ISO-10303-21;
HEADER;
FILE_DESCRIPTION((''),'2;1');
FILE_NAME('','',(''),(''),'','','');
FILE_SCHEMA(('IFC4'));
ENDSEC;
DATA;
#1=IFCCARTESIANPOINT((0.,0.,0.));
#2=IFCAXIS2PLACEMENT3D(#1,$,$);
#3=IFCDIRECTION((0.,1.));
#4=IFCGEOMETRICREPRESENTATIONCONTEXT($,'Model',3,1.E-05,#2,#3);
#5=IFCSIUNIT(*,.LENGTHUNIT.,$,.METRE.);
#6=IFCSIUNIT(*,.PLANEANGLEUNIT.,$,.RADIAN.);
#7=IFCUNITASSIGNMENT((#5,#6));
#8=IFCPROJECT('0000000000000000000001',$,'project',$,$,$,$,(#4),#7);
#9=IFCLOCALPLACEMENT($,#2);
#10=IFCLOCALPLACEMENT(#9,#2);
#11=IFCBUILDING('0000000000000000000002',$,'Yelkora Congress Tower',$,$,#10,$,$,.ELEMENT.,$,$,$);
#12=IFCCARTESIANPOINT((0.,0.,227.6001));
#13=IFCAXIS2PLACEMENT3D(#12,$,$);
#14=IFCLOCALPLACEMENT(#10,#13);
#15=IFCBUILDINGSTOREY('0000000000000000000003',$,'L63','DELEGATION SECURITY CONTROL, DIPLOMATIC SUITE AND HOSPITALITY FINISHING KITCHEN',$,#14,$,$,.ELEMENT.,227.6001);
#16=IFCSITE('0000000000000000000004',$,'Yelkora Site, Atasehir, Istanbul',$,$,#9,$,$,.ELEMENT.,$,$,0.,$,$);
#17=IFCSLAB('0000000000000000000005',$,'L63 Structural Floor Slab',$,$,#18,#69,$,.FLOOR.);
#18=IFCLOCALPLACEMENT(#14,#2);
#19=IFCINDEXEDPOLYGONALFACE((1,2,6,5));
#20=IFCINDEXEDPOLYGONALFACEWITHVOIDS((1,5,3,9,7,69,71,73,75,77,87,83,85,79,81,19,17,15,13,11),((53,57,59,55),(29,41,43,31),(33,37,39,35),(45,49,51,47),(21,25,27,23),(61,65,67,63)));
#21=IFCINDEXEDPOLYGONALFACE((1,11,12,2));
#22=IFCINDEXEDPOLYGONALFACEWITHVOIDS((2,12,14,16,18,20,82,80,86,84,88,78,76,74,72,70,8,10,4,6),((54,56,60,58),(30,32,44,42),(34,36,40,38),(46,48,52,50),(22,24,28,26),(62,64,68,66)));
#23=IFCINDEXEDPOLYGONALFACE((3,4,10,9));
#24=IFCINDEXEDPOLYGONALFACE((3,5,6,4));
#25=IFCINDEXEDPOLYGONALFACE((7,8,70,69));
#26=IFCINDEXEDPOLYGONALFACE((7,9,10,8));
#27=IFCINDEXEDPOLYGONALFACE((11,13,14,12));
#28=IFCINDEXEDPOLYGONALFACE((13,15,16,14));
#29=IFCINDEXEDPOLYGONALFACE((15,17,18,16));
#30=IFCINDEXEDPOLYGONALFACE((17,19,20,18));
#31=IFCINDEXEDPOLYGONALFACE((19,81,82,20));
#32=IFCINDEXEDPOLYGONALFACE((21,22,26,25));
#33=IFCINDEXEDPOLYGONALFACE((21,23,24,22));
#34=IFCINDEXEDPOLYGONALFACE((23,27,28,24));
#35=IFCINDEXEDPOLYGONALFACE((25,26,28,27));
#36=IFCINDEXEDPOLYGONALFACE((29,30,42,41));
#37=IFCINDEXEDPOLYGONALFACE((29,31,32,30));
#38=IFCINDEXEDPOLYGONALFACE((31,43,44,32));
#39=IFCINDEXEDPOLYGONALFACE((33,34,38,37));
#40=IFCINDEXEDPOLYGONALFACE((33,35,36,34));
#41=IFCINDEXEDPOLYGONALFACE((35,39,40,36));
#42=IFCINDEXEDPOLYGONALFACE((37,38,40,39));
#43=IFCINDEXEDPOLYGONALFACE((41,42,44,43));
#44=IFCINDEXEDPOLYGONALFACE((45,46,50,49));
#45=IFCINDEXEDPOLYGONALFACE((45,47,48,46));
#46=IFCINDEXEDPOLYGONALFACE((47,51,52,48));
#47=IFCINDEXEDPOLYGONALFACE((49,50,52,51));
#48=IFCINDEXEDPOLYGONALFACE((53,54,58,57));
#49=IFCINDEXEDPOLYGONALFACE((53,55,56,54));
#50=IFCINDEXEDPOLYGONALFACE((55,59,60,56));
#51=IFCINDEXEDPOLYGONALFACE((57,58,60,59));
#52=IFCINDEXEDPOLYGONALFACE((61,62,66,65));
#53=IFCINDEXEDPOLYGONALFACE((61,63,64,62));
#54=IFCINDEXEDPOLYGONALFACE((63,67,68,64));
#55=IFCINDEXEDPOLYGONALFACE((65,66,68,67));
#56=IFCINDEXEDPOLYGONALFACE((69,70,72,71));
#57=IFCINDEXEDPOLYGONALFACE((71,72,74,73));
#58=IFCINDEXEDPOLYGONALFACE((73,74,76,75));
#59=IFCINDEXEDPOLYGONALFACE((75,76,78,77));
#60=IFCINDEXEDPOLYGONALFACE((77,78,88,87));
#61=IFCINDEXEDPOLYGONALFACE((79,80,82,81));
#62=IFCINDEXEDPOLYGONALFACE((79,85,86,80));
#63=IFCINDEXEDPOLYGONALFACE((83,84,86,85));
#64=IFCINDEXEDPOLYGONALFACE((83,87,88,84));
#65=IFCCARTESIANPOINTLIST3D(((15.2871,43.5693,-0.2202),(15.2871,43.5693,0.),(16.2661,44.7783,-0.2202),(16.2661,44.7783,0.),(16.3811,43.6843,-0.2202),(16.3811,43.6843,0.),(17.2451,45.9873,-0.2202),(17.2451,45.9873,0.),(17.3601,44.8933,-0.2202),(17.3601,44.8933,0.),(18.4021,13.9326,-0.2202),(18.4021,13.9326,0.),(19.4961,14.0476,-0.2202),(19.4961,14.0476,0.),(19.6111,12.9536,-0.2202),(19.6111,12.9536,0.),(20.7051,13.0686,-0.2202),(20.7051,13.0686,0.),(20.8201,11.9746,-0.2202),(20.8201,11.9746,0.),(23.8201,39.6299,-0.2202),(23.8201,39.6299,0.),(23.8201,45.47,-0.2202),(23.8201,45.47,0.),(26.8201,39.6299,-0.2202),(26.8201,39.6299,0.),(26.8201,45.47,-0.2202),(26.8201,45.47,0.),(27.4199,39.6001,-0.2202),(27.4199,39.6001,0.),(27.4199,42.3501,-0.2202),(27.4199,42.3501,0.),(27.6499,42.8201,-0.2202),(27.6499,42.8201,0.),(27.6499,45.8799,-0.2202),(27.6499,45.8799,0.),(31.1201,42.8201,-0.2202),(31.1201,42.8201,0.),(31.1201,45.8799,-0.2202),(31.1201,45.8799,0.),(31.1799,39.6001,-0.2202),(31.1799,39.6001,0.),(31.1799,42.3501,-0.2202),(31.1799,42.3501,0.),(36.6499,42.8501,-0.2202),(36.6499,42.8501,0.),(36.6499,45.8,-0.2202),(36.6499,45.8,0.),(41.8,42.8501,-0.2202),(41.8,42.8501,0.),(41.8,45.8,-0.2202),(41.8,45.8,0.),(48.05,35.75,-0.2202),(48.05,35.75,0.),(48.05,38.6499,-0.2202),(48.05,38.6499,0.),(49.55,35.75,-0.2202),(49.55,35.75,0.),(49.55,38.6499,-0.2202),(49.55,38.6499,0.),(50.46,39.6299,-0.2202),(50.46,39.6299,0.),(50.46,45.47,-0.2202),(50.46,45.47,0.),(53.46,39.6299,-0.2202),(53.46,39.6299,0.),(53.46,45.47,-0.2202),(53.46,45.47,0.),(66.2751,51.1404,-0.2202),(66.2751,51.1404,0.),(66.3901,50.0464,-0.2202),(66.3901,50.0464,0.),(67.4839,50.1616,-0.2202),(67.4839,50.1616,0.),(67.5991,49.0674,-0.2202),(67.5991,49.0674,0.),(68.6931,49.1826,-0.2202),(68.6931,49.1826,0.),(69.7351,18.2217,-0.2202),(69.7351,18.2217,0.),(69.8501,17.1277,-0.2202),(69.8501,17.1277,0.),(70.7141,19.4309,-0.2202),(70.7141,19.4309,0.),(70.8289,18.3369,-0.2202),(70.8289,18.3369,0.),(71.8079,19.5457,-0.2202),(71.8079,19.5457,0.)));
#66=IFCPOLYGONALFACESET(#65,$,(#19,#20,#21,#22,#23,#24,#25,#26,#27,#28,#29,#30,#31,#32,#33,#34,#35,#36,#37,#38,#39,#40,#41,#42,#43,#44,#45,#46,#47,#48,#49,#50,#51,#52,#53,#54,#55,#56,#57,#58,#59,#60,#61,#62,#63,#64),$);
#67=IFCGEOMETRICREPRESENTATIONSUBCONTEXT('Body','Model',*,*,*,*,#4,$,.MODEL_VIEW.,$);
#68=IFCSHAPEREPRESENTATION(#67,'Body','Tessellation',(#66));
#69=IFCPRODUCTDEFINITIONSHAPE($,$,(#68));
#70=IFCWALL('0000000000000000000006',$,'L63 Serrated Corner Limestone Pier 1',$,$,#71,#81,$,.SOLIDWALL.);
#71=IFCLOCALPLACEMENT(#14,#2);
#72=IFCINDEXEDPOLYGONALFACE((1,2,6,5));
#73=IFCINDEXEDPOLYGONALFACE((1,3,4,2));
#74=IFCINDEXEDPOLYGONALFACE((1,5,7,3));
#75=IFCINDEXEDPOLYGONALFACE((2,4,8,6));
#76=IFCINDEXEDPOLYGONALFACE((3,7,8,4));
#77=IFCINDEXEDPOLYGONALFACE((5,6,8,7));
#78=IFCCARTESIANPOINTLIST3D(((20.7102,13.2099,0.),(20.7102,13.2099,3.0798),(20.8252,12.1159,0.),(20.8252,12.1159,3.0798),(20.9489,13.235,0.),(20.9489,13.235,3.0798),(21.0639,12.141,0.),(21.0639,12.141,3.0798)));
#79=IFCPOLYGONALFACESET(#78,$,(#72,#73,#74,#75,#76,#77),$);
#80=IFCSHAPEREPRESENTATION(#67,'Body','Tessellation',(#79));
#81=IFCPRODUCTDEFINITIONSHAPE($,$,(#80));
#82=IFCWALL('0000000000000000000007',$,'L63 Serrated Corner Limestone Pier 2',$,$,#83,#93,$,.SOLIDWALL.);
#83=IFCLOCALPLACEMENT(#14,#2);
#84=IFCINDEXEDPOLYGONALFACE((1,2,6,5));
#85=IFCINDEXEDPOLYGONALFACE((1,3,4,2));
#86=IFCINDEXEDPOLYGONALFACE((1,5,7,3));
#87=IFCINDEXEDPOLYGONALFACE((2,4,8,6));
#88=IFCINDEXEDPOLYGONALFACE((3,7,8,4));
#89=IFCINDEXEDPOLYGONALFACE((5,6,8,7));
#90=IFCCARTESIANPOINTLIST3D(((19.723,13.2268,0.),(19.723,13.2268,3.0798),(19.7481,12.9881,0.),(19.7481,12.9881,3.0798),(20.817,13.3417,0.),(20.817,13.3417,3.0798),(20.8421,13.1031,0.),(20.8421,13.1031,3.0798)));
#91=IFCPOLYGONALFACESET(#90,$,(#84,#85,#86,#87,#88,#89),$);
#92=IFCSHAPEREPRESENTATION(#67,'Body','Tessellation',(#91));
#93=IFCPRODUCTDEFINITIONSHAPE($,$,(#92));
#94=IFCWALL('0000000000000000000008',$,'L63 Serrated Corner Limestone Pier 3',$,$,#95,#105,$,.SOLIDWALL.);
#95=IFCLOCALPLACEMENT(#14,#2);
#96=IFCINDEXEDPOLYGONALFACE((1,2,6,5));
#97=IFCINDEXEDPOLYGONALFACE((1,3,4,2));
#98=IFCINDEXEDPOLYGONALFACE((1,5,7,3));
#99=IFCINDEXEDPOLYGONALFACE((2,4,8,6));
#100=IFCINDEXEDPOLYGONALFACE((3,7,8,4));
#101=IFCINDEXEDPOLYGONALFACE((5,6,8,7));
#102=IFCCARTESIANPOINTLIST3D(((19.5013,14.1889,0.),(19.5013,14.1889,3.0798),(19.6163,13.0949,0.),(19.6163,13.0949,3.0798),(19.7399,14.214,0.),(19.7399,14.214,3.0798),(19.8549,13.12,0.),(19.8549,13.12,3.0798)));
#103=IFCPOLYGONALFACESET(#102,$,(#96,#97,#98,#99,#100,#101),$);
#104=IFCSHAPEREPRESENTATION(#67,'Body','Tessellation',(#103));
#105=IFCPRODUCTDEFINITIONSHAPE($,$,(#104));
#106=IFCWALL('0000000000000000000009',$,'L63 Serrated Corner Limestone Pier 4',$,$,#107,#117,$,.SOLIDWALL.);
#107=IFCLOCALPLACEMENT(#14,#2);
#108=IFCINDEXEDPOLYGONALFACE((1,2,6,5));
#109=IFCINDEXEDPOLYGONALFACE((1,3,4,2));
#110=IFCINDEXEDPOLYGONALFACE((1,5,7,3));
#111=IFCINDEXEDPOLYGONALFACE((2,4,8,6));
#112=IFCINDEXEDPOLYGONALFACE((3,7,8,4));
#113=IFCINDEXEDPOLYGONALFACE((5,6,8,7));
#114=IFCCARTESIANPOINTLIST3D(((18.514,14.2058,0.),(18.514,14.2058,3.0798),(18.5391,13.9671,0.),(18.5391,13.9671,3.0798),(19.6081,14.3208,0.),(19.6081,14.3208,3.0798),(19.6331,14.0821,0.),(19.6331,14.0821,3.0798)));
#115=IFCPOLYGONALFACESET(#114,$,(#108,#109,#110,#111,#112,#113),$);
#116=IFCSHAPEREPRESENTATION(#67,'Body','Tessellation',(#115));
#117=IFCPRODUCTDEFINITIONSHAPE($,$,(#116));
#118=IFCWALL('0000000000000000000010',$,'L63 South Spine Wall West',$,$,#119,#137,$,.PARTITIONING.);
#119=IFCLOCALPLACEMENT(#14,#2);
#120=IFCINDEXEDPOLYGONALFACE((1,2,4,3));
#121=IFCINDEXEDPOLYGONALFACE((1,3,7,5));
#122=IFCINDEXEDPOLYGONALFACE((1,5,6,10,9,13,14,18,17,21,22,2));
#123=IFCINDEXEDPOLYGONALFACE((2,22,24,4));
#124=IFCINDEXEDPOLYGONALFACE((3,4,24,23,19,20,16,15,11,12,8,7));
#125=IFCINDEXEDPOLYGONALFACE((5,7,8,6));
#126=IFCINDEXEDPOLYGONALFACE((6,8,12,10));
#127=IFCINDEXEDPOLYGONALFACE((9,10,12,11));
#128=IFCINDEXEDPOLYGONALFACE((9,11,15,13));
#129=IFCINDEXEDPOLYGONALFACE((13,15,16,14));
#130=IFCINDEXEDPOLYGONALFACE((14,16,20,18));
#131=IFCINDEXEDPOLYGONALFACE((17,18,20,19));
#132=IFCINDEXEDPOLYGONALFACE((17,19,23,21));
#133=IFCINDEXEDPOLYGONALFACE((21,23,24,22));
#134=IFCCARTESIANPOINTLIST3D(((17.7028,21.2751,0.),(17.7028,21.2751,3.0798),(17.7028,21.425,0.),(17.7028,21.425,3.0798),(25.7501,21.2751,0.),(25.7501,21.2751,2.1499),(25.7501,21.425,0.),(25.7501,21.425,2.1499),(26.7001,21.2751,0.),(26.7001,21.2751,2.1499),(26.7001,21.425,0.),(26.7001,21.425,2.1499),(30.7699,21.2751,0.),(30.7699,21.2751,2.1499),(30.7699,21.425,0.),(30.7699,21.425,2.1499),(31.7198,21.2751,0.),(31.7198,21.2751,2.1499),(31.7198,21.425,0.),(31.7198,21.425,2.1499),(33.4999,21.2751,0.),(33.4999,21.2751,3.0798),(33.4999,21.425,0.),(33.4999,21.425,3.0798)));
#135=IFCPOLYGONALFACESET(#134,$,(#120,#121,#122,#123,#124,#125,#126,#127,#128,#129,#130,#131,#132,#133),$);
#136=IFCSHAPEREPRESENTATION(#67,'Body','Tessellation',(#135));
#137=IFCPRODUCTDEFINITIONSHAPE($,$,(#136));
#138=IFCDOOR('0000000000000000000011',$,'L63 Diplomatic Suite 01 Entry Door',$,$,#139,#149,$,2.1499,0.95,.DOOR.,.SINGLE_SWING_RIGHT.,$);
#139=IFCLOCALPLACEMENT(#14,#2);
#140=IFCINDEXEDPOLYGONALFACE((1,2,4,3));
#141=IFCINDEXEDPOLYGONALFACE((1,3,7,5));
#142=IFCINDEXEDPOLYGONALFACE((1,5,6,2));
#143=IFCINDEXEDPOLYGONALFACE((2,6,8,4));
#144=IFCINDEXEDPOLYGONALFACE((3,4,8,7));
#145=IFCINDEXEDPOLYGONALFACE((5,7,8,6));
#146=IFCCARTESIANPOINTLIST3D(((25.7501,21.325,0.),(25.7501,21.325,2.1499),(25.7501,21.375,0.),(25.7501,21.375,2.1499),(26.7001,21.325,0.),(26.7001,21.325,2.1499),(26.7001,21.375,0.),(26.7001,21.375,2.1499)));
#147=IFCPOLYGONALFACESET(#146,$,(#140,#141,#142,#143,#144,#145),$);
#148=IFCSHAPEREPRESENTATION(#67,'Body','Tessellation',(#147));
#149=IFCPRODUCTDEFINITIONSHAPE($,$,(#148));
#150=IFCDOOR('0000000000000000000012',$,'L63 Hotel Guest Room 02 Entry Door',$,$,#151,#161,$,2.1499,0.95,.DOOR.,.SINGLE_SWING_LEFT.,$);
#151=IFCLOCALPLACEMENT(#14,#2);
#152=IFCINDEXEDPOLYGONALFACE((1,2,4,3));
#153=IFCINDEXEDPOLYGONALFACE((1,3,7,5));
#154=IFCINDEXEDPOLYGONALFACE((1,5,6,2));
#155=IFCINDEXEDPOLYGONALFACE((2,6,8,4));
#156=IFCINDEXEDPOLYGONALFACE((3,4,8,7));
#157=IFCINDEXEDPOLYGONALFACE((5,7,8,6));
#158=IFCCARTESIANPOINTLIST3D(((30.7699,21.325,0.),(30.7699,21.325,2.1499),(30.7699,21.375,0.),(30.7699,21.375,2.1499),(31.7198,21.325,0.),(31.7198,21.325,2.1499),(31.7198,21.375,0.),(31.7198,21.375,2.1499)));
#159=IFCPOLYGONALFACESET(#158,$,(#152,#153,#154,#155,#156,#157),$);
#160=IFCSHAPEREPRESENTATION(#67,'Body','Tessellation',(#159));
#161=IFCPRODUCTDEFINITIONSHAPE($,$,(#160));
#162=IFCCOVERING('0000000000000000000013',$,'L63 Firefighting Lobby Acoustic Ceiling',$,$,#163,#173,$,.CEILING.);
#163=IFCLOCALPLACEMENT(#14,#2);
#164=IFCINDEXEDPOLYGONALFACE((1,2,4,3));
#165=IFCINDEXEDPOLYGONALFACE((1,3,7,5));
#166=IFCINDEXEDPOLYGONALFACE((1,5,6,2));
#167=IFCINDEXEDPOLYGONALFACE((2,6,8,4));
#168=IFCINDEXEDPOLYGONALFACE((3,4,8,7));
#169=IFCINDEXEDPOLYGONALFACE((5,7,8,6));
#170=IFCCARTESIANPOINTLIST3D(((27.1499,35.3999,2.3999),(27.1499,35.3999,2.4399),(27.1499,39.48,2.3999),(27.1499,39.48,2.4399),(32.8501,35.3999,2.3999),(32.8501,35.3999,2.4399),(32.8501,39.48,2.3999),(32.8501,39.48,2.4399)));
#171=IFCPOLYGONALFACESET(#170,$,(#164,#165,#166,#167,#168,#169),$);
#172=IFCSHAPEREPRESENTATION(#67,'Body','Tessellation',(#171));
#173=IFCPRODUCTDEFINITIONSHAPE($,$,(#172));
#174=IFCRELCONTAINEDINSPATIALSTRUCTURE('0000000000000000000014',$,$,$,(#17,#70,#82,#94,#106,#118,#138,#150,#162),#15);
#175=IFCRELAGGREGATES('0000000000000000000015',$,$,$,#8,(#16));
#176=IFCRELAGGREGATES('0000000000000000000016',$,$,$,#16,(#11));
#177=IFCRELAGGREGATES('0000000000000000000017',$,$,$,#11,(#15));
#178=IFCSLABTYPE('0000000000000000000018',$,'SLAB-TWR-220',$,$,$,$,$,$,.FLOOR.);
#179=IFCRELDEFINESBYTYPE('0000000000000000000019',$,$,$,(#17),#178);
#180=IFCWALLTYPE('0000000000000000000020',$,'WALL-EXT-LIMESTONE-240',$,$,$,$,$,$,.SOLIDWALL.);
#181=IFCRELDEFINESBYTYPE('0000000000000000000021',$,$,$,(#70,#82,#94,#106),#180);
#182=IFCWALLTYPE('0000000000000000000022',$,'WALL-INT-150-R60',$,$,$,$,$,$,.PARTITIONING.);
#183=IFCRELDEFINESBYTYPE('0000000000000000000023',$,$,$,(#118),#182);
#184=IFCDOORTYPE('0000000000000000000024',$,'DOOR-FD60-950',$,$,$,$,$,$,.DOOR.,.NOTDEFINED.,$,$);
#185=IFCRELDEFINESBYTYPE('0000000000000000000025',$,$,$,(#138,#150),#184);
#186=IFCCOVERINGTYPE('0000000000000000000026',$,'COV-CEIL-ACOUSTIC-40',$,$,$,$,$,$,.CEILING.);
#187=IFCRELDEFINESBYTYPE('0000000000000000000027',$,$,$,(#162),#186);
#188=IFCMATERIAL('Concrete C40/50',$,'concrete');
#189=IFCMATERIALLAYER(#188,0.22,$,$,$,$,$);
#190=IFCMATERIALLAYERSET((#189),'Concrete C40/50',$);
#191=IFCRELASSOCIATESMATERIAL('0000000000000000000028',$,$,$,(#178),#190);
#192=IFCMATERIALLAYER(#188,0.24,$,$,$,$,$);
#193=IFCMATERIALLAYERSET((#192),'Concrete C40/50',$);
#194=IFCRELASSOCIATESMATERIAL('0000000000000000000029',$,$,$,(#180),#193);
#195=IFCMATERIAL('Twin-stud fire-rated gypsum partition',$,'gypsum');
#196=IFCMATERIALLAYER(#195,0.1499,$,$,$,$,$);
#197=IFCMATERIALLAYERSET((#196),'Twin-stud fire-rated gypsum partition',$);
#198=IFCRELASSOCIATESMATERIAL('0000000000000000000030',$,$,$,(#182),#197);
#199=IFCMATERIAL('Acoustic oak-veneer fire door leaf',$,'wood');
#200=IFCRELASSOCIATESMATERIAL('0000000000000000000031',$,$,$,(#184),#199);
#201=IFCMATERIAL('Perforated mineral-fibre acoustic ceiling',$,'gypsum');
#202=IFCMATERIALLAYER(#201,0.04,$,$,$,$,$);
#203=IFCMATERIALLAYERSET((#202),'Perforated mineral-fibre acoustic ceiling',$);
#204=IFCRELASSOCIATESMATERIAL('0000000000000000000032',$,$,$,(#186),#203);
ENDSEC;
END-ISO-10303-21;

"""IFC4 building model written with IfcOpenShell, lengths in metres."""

from ifc_helpers import new_model, si_unit, direction, frame, frame_2d, origin, place, context, subcontext, project, spatial, polyline, rectangle, outline, extrude, material, layer, layer_set, type_object, element, fill, save


model = new_model("IFC4")

# Units and contexts
model_context = context("Model", 3, precision=1e-05, world=origin(), true_north=direction((0.0, 1.0)))
body_context = subcontext(model_context, "Body", "Model", "MODEL_VIEW")
ifc_project = project(units=[si_unit("LENGTHUNIT", "METRE"), si_unit("PLANEANGLEUNIT", "RADIAN")], contexts=[model_context])

# Site, building, storey
site_placement = place(None, origin())
site = spatial("IfcSite", under=ifc_project, at=site_placement, Name="Yelkora Site, Atasehir, Istanbul", CompositionType="ELEMENT", RefElevation=0.0)
building_placement = place(site_placement, origin())
building = spatial("IfcBuilding", under=site, at=building_placement, Name="Yelkora Congress Tower", CompositionType="ELEMENT")
storey_placement = place(building_placement, frame((0.0, 0.0, 227.6001)))
storey = spatial("IfcBuildingStorey", under=building, at=storey_placement, Name="L63", Description="DELEGATION SECURITY CONTROL, DIPLOMATIC SUITE AND HOSPITALITY FINISHING KITCHEN", CompositionType="ELEMENT", Elevation=227.6001)

# Shared definitions
ifc_material_1 = material(Name="Concrete C40/50", Category="concrete")

# Slab
ifc_layer_1 = layer(ifc_material_1, 0.22)
ifc_layer_set_1 = layer_set([ifc_layer_1], Name="Concrete C40/50")
slab_type_1 = type_object("IfcSlabType", Name="SLAB-TWR-220", PredefinedType="FLOOR", material=ifc_layer_set_1)
slab_1_placement = place(storey_placement, frame((0.0, 0.0, -0.2202)))
element("IfcSlab", 1, at=slab_1_placement, inside=storey, type_object=slab_type_1, Name="L63 Structural Floor Slab", PredefinedType="FLOOR", context=body_context, shape_type="SweptSolid", body=[
    extrude(outline(polyline([(20.8201, 11.9746), (69.8501, 17.1277), (69.7351, 18.2217), (70.8289, 18.3369), (70.7141, 19.4309), (71.8079, 19.5457), (68.6931, 49.1826), (67.5991, 49.0674), (67.4839, 50.1616), (66.3901, 50.0464), (66.2751, 51.1404), (17.2451, 45.9873), (17.3601, 44.8933), (16.2661, 44.7783), (16.3811, 43.6843), (15.2871, 43.5693), (18.4021, 13.9326), (19.4961, 14.0476), (19.6111, 12.9536), (20.7051, 13.0686), (20.8201, 11.9746)]), holes=[polyline([(23.8201, 39.6299), (26.8201, 39.6299), (26.8201, 45.47), (23.8201, 45.47), (23.8201, 39.6299)]), polyline([(50.46, 39.6299), (53.46, 39.6299), (53.46, 45.47), (50.46, 45.47), (50.46, 39.6299)]), polyline([(48.05, 35.75), (49.55, 35.75), (49.55, 38.6499), (48.05, 38.6499), (48.05, 35.75)]), polyline([(36.6499, 42.8501), (41.8, 42.8501), (41.8, 45.8), (36.6499, 45.8), (36.6499, 42.8501)]), polyline([(27.4199, 39.6001), (31.1799, 39.6001), (31.1799, 42.3501), (27.4199, 42.3501), (27.4199, 39.6001)]), polyline([(27.6499, 42.8201), (31.1201, 42.8201), (31.1201, 45.8799), (27.6499, 45.8799), (27.6499, 42.8201)])]), origin(), (0.0, 0.0, 1.0), 0.2202),
])

# Walls
ifc_layer_2 = layer(ifc_material_1, 0.24)
ifc_layer_set_2 = layer_set([ifc_layer_2], Name="Concrete C40/50")
wall_type_1 = type_object("IfcWallType", Name="WALL-EXT-LIMESTONE-240", PredefinedType="SOLIDWALL", material=ifc_layer_set_2)
for number, where, z_axis, x_axis, name in (
    (2, (20.9446, 12.1284, 0.0), (0.0, 0.0, 1.0), (-0.104535, 0.994521, 0.0), "L63 Serrated Corner Limestone Pier 1"),
    (3, (20.8296, 13.2224, 0.0), (0.0, 0.0, 1.0), (-0.994521, -0.104535, 0.0), "L63 Serrated Corner Limestone Pier 2"),
    (4, (19.7356, 13.1074, 0.0), (0.0, 0.0, 1.0), (-0.104535, 0.994521, 0.0), "L63 Serrated Corner Limestone Pier 3"),
    (5, (19.6206, 14.2014, 0.0), (0.0, 0.0, 1.0), (-0.994521, -0.104535, 0.0), "L63 Serrated Corner Limestone Pier 4"),
):
    element("IfcWall", number, at=place(storey_placement, frame(where, z_axis=z_axis, x_axis=x_axis)), inside=storey, type_object=wall_type_1, Name=name, PredefinedType="SOLIDWALL", context=body_context, shape_type="SweptSolid", body=[
        extrude(rectangle(XDim=1.1001, YDim=0.24, at=frame_2d((0.55, 0.0))), origin(), (0.0, 0.0, 1.0), 3.0798),
    ])

# Wall, openings, doors
ifc_material_2 = material(Name="Twin-stud fire-rated gypsum partition", Category="gypsum")
ifc_layer_3 = layer(ifc_material_2, 0.1499)
ifc_layer_set_3 = layer_set([ifc_layer_3], Name="Twin-stud fire-rated gypsum partition")
wall_type_2 = type_object("IfcWallType", Name="WALL-INT-150-R60", PredefinedType="PARTITIONING", material=ifc_layer_set_3)
wall_placement = place(storey_placement, frame((17.7029, 21.3501, 0.0), z_axis=(0.0, 0.0, 1.0), x_axis=(1.0, 0.0, 0.0)))
wall = element("IfcWall", 6, at=wall_placement, inside=storey, type_object=wall_type_2, Name="L63 South Spine Wall West", PredefinedType="PARTITIONING", context=body_context, shape_type="SweptSolid", body=[
    extrude(rectangle(XDim=15.7971, YDim=0.1499, at=frame_2d((7.8984, 0.0))), origin(), (0.0, 0.0, 1.0), 3.0798),
])
opening_1_placement = place(wall_placement, frame((8.0471, 0.0, 0.0)))
opening_1 = element("IfcOpeningElement", 7, at=opening_1_placement, cuts=wall, PredefinedType="OPENING", context=body_context, shape_type="SweptSolid", body=[
    extrude(rectangle(XDim=0.95, YDim=2.1499, at=frame_2d((0.4751, 1.075))), frame((0.0, 0.085, 0.0), z_axis=(0.0, -1.0, 0.0), x_axis=(1.0, 0.0, 0.0)), (0.0, 0.0, 1.0), 0.1699),
])
opening_2_placement = place(wall_placement, frame((13.0669, 0.0, 0.0)))
opening_2 = element("IfcOpeningElement", 8, at=opening_2_placement, cuts=wall, PredefinedType="OPENING", context=body_context, shape_type="SweptSolid", body=[
    extrude(rectangle(XDim=0.95, YDim=2.1499, at=frame_2d((0.4751, 1.075))), frame((0.0, 0.085, 0.0), z_axis=(0.0, -1.0, 0.0), x_axis=(1.0, 0.0, 0.0)), (0.0, 0.0, 1.0), 0.1699),
])
ifc_material_3 = material(Name="Acoustic oak-veneer fire door leaf", Category="wood")
door_type = type_object("IfcDoorType", Name="DOOR-FD60-950", OperationType="NOTDEFINED", PredefinedType="DOOR", material=ifc_material_3)
door_1_placement = place(opening_1_placement, origin())
door_1 = element("IfcDoor", 9, at=door_1_placement, inside=storey, type_object=door_type, Name="L63 Diplomatic Suite 01 Entry Door", OperationType="SINGLE_SWING_RIGHT", OverallHeight=2.1499, OverallWidth=0.95, PredefinedType="DOOR", context=body_context, shape_type="SweptSolid", body=[
    extrude(rectangle(XDim=0.95, YDim=2.1499, at=frame_2d((0.4751, 1.075))), frame((0.0, 0.0249, 0.0), z_axis=(0.0, -1.0, 0.0), x_axis=(1.0, 0.0, 0.0)), (0.0, 0.0, 1.0), 0.05),
])
fill(opening_1, door_1)
door_2_placement = place(opening_2_placement, origin())
door_2 = element("IfcDoor", 10, at=door_2_placement, inside=storey, type_object=door_type, Name="L63 Hotel Guest Room 02 Entry Door", OperationType="SINGLE_SWING_LEFT", OverallHeight=2.1499, OverallWidth=0.95, PredefinedType="DOOR", context=body_context, shape_type="SweptSolid", body=[
    extrude(rectangle(XDim=0.95, YDim=2.1499, at=frame_2d((0.4751, 1.075))), frame((0.0, 0.0249, 0.0), z_axis=(0.0, -1.0, 0.0), x_axis=(1.0, 0.0, 0.0)), (0.0, 0.0, 1.0), 0.05),
])
fill(opening_2, door_2)

# Covering
ifc_material_4 = material(Name="Perforated mineral-fibre acoustic ceiling", Category="gypsum")
ifc_layer_4 = layer(ifc_material_4, 0.04)
ifc_layer_set_4 = layer_set([ifc_layer_4], Name="Perforated mineral-fibre acoustic ceiling")
covering_type_1 = type_object("IfcCoveringType", Name="COV-CEIL-ACOUSTIC-40", PredefinedType="CEILING", material=ifc_layer_set_4)
covering_1_placement = place(storey_placement, frame((0.0, 0.0, 2.3999)))
element("IfcCovering", 11, at=covering_1_placement, inside=storey, type_object=covering_type_1, Name="L63 Firefighting Lobby Acoustic Ceiling", PredefinedType="CEILING", context=body_context, shape_type="SweptSolid", body=[
    extrude(outline(polyline([(27.1499, 35.3999), (32.8501, 35.3999), (32.8501, 39.48), (27.1499, 39.48), (27.1499, 35.3999)])), origin(), (0.0, 0.0, 1.0), 0.04),
])

save(model, "model.ifc")
